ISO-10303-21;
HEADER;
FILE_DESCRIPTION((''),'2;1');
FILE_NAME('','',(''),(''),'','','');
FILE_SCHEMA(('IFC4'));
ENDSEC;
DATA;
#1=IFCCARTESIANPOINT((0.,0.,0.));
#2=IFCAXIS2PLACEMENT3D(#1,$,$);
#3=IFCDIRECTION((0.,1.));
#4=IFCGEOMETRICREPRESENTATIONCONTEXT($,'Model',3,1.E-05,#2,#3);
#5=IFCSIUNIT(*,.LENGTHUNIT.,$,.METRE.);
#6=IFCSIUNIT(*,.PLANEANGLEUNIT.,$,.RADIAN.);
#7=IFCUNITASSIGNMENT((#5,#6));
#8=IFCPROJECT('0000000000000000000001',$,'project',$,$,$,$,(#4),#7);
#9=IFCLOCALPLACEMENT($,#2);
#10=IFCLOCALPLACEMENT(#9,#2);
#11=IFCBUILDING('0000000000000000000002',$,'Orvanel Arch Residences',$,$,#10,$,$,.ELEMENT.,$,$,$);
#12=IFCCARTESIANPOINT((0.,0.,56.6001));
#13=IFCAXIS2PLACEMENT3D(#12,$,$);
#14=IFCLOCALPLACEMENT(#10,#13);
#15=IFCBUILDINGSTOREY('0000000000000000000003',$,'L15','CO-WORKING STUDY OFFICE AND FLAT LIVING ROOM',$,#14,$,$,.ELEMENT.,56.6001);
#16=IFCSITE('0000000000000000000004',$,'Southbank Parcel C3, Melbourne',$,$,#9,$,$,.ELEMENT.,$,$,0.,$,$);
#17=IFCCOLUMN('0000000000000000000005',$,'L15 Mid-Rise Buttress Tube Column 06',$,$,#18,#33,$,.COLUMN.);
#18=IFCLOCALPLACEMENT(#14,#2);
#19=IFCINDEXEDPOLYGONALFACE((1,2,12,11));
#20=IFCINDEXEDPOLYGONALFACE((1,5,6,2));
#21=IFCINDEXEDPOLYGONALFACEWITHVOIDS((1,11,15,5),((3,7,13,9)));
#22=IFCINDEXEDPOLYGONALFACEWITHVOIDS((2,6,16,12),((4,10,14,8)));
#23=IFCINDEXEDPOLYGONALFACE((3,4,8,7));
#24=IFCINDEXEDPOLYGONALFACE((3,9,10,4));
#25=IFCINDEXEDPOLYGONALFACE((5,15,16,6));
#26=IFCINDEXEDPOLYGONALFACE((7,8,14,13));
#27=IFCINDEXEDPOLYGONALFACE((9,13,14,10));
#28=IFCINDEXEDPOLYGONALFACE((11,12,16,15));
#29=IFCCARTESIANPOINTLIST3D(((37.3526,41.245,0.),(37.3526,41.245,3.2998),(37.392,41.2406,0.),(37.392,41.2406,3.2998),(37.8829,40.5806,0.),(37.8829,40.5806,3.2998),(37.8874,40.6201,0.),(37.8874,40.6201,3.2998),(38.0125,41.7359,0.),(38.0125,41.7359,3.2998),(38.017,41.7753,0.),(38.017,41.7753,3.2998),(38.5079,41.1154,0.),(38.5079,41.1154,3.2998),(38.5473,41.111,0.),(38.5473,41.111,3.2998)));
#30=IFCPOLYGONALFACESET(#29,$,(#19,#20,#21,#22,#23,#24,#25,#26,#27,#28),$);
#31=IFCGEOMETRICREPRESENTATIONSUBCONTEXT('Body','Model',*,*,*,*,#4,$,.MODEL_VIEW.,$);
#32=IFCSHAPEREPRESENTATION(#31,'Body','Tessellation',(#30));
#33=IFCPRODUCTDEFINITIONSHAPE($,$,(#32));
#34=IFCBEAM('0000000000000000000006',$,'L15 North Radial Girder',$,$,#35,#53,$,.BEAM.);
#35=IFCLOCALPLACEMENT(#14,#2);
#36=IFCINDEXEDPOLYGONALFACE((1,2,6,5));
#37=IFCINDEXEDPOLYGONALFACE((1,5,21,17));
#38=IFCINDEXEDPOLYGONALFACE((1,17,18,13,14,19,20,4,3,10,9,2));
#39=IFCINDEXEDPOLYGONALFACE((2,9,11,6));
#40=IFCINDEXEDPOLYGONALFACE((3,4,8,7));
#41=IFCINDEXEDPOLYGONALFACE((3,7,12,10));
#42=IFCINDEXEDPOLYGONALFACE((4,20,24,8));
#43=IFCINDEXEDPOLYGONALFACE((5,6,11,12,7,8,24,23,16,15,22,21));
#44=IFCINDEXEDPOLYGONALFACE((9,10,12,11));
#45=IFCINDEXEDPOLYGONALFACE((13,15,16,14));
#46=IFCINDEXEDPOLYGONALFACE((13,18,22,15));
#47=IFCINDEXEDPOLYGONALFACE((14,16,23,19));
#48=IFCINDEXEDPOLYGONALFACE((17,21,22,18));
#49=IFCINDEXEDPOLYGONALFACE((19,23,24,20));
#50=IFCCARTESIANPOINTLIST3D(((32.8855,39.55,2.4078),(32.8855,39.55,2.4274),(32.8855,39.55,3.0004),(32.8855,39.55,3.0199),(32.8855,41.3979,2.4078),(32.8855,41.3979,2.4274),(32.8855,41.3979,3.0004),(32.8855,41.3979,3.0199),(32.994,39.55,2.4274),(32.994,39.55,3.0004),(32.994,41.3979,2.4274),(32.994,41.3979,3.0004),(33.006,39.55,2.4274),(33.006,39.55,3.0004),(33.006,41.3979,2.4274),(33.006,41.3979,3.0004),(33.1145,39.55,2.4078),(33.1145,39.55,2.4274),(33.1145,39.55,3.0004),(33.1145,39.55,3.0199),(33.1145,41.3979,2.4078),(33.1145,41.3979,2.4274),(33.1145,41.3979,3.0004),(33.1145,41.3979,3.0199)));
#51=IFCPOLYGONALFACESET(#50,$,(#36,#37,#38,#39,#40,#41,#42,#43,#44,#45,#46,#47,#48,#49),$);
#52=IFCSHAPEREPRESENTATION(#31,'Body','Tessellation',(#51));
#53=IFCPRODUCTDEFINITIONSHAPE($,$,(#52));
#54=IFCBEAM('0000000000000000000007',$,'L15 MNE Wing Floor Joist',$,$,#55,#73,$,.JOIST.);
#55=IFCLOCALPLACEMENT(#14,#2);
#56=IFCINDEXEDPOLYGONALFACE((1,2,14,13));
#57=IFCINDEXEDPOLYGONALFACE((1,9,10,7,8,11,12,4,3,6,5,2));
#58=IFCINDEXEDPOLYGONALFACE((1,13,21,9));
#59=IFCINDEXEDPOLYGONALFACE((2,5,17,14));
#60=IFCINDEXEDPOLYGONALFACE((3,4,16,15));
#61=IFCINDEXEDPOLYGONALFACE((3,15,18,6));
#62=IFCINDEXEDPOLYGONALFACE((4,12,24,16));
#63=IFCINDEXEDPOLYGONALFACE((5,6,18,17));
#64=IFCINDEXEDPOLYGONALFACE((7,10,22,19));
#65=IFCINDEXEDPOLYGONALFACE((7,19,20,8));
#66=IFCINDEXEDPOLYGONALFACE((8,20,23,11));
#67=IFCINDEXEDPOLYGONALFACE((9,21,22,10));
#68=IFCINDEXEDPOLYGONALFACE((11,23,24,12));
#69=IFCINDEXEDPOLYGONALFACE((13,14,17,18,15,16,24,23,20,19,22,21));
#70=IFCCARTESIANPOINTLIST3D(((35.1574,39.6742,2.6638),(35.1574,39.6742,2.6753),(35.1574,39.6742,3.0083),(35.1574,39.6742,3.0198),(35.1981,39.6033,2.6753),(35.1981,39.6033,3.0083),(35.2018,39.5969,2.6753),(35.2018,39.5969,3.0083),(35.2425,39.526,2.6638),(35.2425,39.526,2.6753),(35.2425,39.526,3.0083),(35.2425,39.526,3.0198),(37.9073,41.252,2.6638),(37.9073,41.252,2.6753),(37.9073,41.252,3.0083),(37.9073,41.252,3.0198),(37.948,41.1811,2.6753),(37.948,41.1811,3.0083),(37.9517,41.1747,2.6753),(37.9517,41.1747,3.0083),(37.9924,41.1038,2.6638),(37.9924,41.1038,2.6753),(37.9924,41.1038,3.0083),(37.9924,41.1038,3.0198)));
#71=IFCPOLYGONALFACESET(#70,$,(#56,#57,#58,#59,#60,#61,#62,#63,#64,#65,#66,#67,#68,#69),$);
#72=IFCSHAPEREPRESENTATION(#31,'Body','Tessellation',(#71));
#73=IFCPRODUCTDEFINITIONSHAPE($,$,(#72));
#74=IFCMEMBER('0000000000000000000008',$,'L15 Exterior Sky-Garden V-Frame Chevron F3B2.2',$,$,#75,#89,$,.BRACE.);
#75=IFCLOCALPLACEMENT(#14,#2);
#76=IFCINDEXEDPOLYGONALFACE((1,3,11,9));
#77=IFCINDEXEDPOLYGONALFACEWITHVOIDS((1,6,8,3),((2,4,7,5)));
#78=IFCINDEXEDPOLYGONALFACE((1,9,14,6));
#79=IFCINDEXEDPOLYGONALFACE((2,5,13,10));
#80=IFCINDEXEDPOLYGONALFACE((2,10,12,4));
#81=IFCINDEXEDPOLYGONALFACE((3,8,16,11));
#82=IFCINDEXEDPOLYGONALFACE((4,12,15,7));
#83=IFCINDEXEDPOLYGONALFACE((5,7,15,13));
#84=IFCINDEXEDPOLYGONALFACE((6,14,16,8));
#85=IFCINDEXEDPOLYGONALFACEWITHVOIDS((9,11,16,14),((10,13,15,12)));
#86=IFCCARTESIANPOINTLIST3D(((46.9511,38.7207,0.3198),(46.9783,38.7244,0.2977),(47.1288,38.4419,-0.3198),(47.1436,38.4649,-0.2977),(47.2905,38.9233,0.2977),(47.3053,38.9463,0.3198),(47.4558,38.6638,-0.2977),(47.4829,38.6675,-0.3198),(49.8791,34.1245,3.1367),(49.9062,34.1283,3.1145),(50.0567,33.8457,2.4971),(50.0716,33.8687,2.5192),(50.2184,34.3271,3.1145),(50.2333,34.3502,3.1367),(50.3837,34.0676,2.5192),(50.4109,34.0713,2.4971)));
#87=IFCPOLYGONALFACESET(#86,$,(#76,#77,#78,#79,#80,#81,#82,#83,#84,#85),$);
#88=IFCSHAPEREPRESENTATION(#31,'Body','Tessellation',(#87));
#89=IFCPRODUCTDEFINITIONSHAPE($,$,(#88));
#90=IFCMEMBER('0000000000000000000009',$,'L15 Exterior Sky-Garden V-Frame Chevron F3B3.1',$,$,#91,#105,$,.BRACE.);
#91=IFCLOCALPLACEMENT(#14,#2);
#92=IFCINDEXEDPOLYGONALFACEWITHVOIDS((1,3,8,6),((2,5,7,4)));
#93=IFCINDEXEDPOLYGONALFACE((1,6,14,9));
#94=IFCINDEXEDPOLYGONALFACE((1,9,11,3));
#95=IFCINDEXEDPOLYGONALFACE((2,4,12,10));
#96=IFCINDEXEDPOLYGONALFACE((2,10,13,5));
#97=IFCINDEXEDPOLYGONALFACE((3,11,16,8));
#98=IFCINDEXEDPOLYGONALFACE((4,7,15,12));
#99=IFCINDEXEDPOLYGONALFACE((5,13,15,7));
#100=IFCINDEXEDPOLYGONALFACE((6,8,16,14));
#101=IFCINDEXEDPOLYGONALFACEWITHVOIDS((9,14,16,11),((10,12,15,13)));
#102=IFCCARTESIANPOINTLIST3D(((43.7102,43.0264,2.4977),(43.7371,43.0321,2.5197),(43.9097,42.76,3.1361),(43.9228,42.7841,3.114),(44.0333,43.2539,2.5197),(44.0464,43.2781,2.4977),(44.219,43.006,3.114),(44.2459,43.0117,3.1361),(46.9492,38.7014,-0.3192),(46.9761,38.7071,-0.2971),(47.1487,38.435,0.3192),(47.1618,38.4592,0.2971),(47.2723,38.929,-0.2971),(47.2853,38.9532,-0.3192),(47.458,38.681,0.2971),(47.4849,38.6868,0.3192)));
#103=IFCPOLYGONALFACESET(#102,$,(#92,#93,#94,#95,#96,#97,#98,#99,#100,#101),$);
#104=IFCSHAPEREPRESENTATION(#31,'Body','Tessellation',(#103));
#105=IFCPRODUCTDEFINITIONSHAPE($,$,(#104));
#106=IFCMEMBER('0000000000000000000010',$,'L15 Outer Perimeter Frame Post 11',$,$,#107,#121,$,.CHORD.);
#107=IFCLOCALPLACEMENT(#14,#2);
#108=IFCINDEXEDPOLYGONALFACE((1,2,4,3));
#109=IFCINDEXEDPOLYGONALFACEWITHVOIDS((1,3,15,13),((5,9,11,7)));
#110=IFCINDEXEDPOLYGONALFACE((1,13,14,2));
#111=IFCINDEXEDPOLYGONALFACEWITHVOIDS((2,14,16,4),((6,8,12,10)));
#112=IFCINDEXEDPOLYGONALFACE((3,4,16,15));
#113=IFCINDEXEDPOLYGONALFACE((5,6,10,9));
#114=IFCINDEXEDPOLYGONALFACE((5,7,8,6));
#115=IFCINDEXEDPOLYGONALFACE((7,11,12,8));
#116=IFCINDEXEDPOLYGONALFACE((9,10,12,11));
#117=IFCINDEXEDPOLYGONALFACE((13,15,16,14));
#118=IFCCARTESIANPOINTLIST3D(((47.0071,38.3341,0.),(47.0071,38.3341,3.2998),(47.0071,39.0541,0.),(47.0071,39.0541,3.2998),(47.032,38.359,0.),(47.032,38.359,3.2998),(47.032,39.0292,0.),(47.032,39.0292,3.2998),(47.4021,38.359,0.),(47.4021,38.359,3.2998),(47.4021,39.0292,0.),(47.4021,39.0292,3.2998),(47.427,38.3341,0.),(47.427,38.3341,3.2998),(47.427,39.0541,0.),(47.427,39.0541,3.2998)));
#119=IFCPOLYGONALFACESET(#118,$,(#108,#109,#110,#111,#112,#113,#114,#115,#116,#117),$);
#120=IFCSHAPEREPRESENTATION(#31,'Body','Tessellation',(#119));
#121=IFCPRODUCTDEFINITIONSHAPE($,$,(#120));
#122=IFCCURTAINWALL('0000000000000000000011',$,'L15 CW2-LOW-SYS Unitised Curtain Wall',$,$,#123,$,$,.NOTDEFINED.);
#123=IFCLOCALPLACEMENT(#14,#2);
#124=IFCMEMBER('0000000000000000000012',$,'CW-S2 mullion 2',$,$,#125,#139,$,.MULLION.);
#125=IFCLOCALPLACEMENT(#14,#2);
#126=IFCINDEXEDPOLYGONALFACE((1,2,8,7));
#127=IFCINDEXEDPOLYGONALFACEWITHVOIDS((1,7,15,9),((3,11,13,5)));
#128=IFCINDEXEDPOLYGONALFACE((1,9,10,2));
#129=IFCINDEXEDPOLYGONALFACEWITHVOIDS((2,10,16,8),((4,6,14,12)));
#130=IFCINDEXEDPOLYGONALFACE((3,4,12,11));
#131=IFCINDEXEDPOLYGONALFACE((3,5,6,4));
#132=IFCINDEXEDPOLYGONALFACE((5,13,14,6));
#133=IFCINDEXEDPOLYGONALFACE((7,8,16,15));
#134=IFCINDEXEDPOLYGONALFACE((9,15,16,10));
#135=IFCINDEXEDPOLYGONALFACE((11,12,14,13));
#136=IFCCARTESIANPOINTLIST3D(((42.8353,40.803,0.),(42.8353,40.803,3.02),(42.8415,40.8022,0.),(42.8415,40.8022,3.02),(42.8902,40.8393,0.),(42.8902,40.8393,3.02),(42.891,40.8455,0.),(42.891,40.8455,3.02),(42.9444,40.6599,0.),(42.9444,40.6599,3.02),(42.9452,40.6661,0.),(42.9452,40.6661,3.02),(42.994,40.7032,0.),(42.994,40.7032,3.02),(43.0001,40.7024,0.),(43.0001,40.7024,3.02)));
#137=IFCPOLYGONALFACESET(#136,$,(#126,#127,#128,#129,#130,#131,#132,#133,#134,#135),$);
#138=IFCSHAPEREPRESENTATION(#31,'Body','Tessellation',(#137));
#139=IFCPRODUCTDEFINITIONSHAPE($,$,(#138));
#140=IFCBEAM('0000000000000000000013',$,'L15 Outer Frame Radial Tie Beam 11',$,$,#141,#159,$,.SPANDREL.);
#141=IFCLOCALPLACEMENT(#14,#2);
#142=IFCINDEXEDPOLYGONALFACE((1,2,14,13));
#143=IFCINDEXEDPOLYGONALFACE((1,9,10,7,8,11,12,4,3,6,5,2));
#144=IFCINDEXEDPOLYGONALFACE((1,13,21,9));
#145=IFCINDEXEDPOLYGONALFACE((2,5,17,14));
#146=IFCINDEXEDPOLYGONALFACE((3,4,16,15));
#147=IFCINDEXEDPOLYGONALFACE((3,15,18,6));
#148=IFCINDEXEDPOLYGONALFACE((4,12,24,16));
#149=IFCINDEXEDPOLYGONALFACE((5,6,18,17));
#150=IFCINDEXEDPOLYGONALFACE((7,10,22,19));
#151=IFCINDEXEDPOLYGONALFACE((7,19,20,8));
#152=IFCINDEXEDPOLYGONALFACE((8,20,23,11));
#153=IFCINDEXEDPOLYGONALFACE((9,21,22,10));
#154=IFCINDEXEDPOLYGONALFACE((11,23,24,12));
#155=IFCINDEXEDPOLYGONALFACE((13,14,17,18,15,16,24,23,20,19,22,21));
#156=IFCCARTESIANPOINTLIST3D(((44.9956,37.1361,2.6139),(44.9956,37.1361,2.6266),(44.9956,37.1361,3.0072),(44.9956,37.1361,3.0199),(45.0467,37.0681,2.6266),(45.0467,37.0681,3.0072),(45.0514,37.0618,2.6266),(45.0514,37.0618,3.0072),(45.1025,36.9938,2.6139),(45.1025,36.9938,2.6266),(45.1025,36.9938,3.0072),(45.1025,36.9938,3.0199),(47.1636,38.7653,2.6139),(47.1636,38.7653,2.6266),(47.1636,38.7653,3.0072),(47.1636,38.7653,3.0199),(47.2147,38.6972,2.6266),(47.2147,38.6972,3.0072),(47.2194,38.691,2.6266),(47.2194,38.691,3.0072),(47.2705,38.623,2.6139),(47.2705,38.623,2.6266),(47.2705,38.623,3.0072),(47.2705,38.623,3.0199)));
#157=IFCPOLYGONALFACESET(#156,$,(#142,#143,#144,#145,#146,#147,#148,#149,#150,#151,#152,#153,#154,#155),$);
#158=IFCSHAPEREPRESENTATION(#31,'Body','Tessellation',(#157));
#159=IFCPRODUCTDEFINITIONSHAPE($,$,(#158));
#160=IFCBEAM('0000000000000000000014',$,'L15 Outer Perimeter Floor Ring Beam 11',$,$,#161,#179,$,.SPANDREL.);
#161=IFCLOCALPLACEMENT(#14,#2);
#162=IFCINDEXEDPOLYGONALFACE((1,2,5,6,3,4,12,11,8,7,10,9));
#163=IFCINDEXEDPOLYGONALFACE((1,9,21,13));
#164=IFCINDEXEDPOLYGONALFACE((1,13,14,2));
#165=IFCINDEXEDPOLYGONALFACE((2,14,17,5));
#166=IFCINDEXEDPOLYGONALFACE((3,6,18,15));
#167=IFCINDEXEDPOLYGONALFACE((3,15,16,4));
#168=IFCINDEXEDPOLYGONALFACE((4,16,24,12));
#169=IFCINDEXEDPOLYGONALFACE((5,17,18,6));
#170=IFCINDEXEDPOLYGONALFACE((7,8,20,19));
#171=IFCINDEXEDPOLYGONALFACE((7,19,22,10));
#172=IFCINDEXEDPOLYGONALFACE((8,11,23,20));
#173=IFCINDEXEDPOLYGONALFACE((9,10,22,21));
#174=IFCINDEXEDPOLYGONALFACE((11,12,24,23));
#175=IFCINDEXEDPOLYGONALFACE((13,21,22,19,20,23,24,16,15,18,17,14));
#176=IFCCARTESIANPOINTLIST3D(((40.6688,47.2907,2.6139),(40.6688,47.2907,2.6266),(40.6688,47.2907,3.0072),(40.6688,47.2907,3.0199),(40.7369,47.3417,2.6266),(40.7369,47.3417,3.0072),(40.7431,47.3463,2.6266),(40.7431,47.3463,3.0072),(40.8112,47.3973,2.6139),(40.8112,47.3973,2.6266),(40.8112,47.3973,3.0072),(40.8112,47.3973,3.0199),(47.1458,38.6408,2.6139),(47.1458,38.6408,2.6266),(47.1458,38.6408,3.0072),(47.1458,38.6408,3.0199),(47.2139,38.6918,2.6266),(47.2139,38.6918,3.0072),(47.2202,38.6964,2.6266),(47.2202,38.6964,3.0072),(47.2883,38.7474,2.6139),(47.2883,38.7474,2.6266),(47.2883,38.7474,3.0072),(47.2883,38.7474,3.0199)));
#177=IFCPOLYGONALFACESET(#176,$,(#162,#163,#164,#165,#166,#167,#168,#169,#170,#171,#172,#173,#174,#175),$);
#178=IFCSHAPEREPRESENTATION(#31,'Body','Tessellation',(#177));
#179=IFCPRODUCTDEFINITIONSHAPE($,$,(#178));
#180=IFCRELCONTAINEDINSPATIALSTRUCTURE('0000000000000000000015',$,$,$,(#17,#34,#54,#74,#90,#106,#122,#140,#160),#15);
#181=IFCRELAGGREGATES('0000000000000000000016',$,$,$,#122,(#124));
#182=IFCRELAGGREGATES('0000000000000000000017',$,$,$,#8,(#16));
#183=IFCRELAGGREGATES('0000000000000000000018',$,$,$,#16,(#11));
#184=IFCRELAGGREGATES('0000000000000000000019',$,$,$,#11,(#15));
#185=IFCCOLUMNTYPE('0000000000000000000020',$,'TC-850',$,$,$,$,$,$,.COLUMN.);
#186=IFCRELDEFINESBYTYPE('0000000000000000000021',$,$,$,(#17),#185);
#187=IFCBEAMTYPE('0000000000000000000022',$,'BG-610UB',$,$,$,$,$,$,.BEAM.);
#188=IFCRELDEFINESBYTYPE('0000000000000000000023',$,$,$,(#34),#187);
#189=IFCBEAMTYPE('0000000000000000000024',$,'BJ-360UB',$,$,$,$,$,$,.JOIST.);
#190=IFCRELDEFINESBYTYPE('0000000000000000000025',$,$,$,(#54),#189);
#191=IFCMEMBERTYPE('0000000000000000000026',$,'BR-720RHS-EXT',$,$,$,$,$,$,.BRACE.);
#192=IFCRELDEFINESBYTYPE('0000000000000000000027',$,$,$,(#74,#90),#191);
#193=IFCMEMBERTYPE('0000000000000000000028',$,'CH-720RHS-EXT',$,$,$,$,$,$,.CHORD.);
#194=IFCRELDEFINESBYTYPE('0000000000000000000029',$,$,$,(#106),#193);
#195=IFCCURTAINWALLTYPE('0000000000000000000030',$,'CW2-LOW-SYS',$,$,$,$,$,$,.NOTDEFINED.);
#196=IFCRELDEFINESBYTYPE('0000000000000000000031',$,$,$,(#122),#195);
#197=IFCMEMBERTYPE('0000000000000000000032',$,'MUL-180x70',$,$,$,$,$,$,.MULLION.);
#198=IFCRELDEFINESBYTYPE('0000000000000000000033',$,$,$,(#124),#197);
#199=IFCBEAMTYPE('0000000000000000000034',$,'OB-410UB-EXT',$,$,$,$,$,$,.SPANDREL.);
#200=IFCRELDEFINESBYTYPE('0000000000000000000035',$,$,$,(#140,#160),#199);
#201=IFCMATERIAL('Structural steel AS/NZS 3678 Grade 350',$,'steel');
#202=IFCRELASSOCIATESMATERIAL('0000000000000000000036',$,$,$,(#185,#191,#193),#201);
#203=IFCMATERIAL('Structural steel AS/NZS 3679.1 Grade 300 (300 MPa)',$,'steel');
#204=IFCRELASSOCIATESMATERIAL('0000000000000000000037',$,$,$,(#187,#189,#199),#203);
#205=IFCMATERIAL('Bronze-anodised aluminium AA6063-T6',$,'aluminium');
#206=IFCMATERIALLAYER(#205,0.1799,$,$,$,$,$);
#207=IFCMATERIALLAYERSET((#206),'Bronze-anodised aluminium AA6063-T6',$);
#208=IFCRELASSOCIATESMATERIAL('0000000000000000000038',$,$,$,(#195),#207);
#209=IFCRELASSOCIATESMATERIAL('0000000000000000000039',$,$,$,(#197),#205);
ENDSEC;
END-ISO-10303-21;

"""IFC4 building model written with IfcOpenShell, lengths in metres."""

from ifc_helpers import new_model, si_unit, direction, frame, origin, origin_2d, place, context, subcontext, project, spatial, hollow_rectangle, i_section, extrude, material, layer, layer_set, material_profile, profile_set, type_object, element, aggregate, save


model = new_model("IFC4")

# Units and contexts
model_context = context("Model", 3, precision=1e-05, world=origin(), true_north=direction((0.0, 1.0)))
body_context = subcontext(model_context, "Body", "Model", "MODEL_VIEW")
ifc_project = project(units=[si_unit("LENGTHUNIT", "METRE"), si_unit("PLANEANGLEUNIT", "RADIAN")], contexts=[model_context])

# Site, building, storey
site_placement = place(None, origin())
site = spatial("IfcSite", under=ifc_project, at=site_placement, Name="Southbank Parcel C3, Melbourne", CompositionType="ELEMENT", RefElevation=0.0)
building_placement = place(site_placement, origin())
building = spatial("IfcBuilding", under=site, at=building_placement, Name="Orvanel Arch Residences", CompositionType="ELEMENT")
storey_placement = place(building_placement, frame((0.0, 0.0, 56.6001)))
storey = spatial("IfcBuildingStorey", under=building, at=storey_placement, Name="L15", Description="CO-WORKING STUDY OFFICE AND FLAT LIVING ROOM", CompositionType="ELEMENT", Elevation=56.6001)

# Column
ifc_material_1 = material(Name="Structural steel AS/NZS 3678 Grade 350", Category="steel")
ifc_material_profile_1 = material_profile(ifc_material_1, hollow_rectangle(XDim=0.8501, YDim=0.8501, WallThickness=0.0281, at=origin_2d()), Name="BOX850x850x28")
ifc_profile_set_1 = profile_set([ifc_material_profile_1], Name="Structural steel AS/NZS 3678 Grade 350")
column_type = type_object("IfcColumnType", Name="TC-850", PredefinedType="COLUMN", material=ifc_profile_set_1)
column_placement = place(storey_placement, frame((37.95, 41.178, 0.0), z_axis=(0.0, 0.0, 1.0), x_axis=(-0.62388, 0.78152, 0.0)))
element("IfcColumn", 1, at=column_placement, inside=storey, type_object=column_type, Name="L15 Mid-Rise Buttress Tube Column 06", PredefinedType="COLUMN", context=body_context, shape_type="SweptSolid", body=[
    extrude(hollow_rectangle(XDim=0.8501, YDim=0.8501, WallThickness=0.0281, at=origin_2d()), origin(), (0.0, 0.0, 1.0), 3.2998),
])

# Beams
ifc_material_2 = material(Name="Structural steel AS/NZS 3679.1 Grade 300 (300 MPa)", Category="steel")
ifc_material_profile_2 = material_profile(ifc_material_2, i_section(OverallWidth=0.229, OverallDepth=0.6121, WebThickness=0.012, FlangeThickness=0.0195, at=origin_2d()), Name="610UB125")
ifc_profile_set_2 = profile_set([ifc_material_profile_2], Name="Structural steel AS/NZS 3679.1 Grade 300 (300 MPa)")
beam_type_1 = type_object("IfcBeamType", Name="BG-610UB", PredefinedType="BEAM", material=ifc_profile_set_2)
beam_1_placement = place(storey_placement, frame((33.0, 39.55, 2.7139), z_axis=(0.0, 1.0, 0.0), x_axis=(-1.0, 0.0, 0.0)))
element("IfcBeam", 2, at=beam_1_placement, inside=storey, type_object=beam_type_1, Name="L15 North Radial Girder", PredefinedType="BEAM", context=body_context, shape_type="SweptSolid", body=[
    extrude(i_section(OverallWidth=0.229, OverallDepth=0.6121, WebThickness=0.012, FlangeThickness=0.0195, at=origin_2d()), origin(), (0.0, 0.0, 1.0), 1.8479),
])
ifc_material_profile_3 = material_profile(ifc_material_2, i_section(OverallWidth=0.1709, OverallDepth=0.356, WebThickness=0.0073, FlangeThickness=0.0115, at=origin_2d()), Name="360UB50.7")
ifc_profile_set_3 = profile_set([ifc_material_profile_3], Name="Structural steel AS/NZS 3679.1 Grade 300 (300 MPa)")
beam_type_2 = type_object("IfcBeamType", Name="BJ-360UB", PredefinedType="JOIST", material=ifc_profile_set_3)
beam_2_placement = place(storey_placement, frame((35.2, 39.6001, 2.8418), z_axis=(0.867365, 0.497672, 0.0), x_axis=(-0.497672, 0.867365, 0.0)))
element("IfcBeam", 3, at=beam_2_placement, inside=storey, type_object=beam_type_2, Name="L15 MNE Wing Floor Joist", PredefinedType="JOIST", context=body_context, shape_type="SweptSolid", body=[
    extrude(i_section(OverallWidth=0.1709, OverallDepth=0.356, WebThickness=0.0073, FlangeThickness=0.0115, at=origin_2d()), origin(), (0.0, 0.0, 1.0), 3.1704),
])

# Members
ifc_material_profile_4 = material_profile(ifc_material_1, hollow_rectangle(XDim=0.4199, YDim=0.72, WallThickness=0.0249, at=origin_2d()), Name="RHS720x420x25")
ifc_profile_set_4 = profile_set([ifc_material_profile_4], Name="Structural steel AS/NZS 3678 Grade 350")
member_type_1 = type_object("IfcMemberType", Name="BR-720RHS-EXT", PredefinedType="BRACE", material=ifc_profile_set_4)
member_1_placement = place(storey_placement, frame((47.217, 38.6941, 0.0), z_axis=(0.477292, -0.749228, 0.459184), x_axis=(0.843401, 0.537284, 0.0)))
element("IfcMember", 4, at=member_1_placement, inside=storey, type_object=member_type_1, Name="L15 Exterior Sky-Garden V-Frame Chevron F3B2.2", PredefinedType="BRACE", context=body_context, shape_type="SweptSolid", body=[
    extrude(hollow_rectangle(XDim=0.4199, YDim=0.72, WallThickness=0.0249, at=origin_2d()), origin(), (0.0, 0.0, 1.0), 6.1345),
])
member_2_placement = place(storey_placement, frame((47.217, 38.6941, 0.0), z_axis=(-0.531548, 0.709759, 0.462275), x_axis=(-0.800417, -0.599443, 0.0)))
element("IfcMember", 5, at=member_2_placement, inside=storey, type_object=member_type_1, Name="L15 Exterior Sky-Garden V-Frame Chevron F3B3.1", PredefinedType="BRACE", context=body_context, shape_type="SweptSolid", body=[
    extrude(hollow_rectangle(XDim=0.4199, YDim=0.72, WallThickness=0.0249, at=origin_2d()), origin(), (0.0, 0.0, 1.0), 6.0935),
])
ifc_material_profile_5 = material_profile(ifc_material_1, hollow_rectangle(XDim=0.4199, YDim=0.72, WallThickness=0.0249, at=origin_2d()), Name="RHS720x420x25")
ifc_profile_set_5 = profile_set([ifc_material_profile_5], Name="Structural steel AS/NZS 3678 Grade 350")
member_type_2 = type_object("IfcMemberType", Name="CH-720RHS-EXT", PredefinedType="CHORD", material=ifc_profile_set_5)
member_3_placement = place(storey_placement, frame((47.217, 38.6941, 0.0), z_axis=(0.0, 0.0, 1.0), x_axis=(1.0, 0.0, 0.0)))
element("IfcMember", 6, at=member_3_placement, inside=storey, type_object=member_type_2, Name="L15 Outer Perimeter Frame Post 11", PredefinedType="CHORD", context=body_context, shape_type="SweptSolid", body=[
    extrude(hollow_rectangle(XDim=0.4199, YDim=0.72, WallThickness=0.0249, at=origin_2d()), origin(), (0.0, 0.0, 1.0), 3.2998),
])

# Curtain wall, member
ifc_material_3 = material(Name="Bronze-anodised aluminium AA6063-T6", Category="aluminium")
ifc_layer_1 = layer(ifc_material_3, 0.1799)
ifc_layer_set_1 = layer_set([ifc_layer_1], Name="Bronze-anodised aluminium AA6063-T6")
curtain_wall_type = type_object("IfcCurtainWallType", Name="CW2-LOW-SYS", PredefinedType="NOTDEFINED", material=ifc_layer_set_1)
curtain_wall_placement = place(storey_placement, origin())
curtain_wall = element("IfcCurtainWall", 7, at=curtain_wall_placement, inside=storey, type_object=curtain_wall_type, Name="L15 CW2-LOW-SYS Unitised Curtain Wall", PredefinedType="NOTDEFINED")
ifc_material_profile_6 = material_profile(ifc_material_3, hollow_rectangle(XDim=0.0701, YDim=0.1799, WallThickness=0.0044, at=origin_2d()), Name="ALU180x70x4.5")
ifc_profile_set_6 = profile_set([ifc_material_profile_6], Name="Bronze-anodised aluminium AA6063-T6")
member_type_3 = type_object("IfcMemberType", Name="MUL-180x70", PredefinedType="MULLION", material=ifc_profile_set_6)
member_4_placement = place(storey_placement, frame((42.9177, 40.7527, 0.0), z_axis=(0.0, 0.0, 1.0), x_axis=(-0.795174, -0.606381, 0.0)))
member_4 = element("IfcMember", 8, at=member_4_placement, type_object=member_type_3, Name="CW-S2 mullion 2", PredefinedType="MULLION", context=body_context, shape_type="SweptSolid", body=[
    extrude(hollow_rectangle(XDim=0.0701, YDim=0.1799, WallThickness=0.0044, at=origin_2d()), origin(), (0.0, 0.0, 1.0), 3.02),
])

# Beams
ifc_material_profile_7 = material_profile(ifc_material_2, i_section(OverallWidth=0.178, OverallDepth=0.406, WebThickness=0.0078, FlangeThickness=0.0127, at=origin_2d()), Name="410UB59.7")
ifc_profile_set_7 = profile_set([ifc_material_profile_7], Name="Structural steel AS/NZS 3679.1 Grade 300 (300 MPa)")
beam_type_3 = type_object("IfcBeamType", Name="OB-410UB-EXT", PredefinedType="SPANDREL", material=ifc_profile_set_7)
beam_3_placement = place(storey_placement, frame((45.0491, 37.0649, 2.8169), z_axis=(0.799438, 0.600749, 0.0), x_axis=(-0.600749, 0.799438, 0.0)))
element("IfcBeam", 9, at=beam_3_placement, inside=storey, type_object=beam_type_3, Name="L15 Outer Frame Radial Tie Beam 11", PredefinedType="SPANDREL", context=body_context, shape_type="SweptSolid", body=[
    extrude(i_section(OverallWidth=0.178, OverallDepth=0.406, WebThickness=0.0078, FlangeThickness=0.0127, at=origin_2d()), origin(), (0.0, 0.0, 1.0), 2.7119),
])
beam_4_placement = place(storey_placement, frame((47.217, 38.6941, 2.8169), z_axis=(-0.599385, 0.800461, 0.0), x_axis=(-0.800461, -0.599385, 0.0)))
element("IfcBeam", 10, at=beam_4_placement, inside=storey, type_object=beam_type_3, Name="L15 Outer Perimeter Floor Ring Beam 11", PredefinedType="SPANDREL", context=body_context, shape_type="SweptSolid", body=[
    extrude(i_section(OverallWidth=0.178, OverallDepth=0.406, WebThickness=0.0078, FlangeThickness=0.0127, at=origin_2d()), origin(), (0.0, 0.0, 1.0), 10.8062),
])

aggregate(curtain_wall, [member_4])

save(model, "model.ifc")
